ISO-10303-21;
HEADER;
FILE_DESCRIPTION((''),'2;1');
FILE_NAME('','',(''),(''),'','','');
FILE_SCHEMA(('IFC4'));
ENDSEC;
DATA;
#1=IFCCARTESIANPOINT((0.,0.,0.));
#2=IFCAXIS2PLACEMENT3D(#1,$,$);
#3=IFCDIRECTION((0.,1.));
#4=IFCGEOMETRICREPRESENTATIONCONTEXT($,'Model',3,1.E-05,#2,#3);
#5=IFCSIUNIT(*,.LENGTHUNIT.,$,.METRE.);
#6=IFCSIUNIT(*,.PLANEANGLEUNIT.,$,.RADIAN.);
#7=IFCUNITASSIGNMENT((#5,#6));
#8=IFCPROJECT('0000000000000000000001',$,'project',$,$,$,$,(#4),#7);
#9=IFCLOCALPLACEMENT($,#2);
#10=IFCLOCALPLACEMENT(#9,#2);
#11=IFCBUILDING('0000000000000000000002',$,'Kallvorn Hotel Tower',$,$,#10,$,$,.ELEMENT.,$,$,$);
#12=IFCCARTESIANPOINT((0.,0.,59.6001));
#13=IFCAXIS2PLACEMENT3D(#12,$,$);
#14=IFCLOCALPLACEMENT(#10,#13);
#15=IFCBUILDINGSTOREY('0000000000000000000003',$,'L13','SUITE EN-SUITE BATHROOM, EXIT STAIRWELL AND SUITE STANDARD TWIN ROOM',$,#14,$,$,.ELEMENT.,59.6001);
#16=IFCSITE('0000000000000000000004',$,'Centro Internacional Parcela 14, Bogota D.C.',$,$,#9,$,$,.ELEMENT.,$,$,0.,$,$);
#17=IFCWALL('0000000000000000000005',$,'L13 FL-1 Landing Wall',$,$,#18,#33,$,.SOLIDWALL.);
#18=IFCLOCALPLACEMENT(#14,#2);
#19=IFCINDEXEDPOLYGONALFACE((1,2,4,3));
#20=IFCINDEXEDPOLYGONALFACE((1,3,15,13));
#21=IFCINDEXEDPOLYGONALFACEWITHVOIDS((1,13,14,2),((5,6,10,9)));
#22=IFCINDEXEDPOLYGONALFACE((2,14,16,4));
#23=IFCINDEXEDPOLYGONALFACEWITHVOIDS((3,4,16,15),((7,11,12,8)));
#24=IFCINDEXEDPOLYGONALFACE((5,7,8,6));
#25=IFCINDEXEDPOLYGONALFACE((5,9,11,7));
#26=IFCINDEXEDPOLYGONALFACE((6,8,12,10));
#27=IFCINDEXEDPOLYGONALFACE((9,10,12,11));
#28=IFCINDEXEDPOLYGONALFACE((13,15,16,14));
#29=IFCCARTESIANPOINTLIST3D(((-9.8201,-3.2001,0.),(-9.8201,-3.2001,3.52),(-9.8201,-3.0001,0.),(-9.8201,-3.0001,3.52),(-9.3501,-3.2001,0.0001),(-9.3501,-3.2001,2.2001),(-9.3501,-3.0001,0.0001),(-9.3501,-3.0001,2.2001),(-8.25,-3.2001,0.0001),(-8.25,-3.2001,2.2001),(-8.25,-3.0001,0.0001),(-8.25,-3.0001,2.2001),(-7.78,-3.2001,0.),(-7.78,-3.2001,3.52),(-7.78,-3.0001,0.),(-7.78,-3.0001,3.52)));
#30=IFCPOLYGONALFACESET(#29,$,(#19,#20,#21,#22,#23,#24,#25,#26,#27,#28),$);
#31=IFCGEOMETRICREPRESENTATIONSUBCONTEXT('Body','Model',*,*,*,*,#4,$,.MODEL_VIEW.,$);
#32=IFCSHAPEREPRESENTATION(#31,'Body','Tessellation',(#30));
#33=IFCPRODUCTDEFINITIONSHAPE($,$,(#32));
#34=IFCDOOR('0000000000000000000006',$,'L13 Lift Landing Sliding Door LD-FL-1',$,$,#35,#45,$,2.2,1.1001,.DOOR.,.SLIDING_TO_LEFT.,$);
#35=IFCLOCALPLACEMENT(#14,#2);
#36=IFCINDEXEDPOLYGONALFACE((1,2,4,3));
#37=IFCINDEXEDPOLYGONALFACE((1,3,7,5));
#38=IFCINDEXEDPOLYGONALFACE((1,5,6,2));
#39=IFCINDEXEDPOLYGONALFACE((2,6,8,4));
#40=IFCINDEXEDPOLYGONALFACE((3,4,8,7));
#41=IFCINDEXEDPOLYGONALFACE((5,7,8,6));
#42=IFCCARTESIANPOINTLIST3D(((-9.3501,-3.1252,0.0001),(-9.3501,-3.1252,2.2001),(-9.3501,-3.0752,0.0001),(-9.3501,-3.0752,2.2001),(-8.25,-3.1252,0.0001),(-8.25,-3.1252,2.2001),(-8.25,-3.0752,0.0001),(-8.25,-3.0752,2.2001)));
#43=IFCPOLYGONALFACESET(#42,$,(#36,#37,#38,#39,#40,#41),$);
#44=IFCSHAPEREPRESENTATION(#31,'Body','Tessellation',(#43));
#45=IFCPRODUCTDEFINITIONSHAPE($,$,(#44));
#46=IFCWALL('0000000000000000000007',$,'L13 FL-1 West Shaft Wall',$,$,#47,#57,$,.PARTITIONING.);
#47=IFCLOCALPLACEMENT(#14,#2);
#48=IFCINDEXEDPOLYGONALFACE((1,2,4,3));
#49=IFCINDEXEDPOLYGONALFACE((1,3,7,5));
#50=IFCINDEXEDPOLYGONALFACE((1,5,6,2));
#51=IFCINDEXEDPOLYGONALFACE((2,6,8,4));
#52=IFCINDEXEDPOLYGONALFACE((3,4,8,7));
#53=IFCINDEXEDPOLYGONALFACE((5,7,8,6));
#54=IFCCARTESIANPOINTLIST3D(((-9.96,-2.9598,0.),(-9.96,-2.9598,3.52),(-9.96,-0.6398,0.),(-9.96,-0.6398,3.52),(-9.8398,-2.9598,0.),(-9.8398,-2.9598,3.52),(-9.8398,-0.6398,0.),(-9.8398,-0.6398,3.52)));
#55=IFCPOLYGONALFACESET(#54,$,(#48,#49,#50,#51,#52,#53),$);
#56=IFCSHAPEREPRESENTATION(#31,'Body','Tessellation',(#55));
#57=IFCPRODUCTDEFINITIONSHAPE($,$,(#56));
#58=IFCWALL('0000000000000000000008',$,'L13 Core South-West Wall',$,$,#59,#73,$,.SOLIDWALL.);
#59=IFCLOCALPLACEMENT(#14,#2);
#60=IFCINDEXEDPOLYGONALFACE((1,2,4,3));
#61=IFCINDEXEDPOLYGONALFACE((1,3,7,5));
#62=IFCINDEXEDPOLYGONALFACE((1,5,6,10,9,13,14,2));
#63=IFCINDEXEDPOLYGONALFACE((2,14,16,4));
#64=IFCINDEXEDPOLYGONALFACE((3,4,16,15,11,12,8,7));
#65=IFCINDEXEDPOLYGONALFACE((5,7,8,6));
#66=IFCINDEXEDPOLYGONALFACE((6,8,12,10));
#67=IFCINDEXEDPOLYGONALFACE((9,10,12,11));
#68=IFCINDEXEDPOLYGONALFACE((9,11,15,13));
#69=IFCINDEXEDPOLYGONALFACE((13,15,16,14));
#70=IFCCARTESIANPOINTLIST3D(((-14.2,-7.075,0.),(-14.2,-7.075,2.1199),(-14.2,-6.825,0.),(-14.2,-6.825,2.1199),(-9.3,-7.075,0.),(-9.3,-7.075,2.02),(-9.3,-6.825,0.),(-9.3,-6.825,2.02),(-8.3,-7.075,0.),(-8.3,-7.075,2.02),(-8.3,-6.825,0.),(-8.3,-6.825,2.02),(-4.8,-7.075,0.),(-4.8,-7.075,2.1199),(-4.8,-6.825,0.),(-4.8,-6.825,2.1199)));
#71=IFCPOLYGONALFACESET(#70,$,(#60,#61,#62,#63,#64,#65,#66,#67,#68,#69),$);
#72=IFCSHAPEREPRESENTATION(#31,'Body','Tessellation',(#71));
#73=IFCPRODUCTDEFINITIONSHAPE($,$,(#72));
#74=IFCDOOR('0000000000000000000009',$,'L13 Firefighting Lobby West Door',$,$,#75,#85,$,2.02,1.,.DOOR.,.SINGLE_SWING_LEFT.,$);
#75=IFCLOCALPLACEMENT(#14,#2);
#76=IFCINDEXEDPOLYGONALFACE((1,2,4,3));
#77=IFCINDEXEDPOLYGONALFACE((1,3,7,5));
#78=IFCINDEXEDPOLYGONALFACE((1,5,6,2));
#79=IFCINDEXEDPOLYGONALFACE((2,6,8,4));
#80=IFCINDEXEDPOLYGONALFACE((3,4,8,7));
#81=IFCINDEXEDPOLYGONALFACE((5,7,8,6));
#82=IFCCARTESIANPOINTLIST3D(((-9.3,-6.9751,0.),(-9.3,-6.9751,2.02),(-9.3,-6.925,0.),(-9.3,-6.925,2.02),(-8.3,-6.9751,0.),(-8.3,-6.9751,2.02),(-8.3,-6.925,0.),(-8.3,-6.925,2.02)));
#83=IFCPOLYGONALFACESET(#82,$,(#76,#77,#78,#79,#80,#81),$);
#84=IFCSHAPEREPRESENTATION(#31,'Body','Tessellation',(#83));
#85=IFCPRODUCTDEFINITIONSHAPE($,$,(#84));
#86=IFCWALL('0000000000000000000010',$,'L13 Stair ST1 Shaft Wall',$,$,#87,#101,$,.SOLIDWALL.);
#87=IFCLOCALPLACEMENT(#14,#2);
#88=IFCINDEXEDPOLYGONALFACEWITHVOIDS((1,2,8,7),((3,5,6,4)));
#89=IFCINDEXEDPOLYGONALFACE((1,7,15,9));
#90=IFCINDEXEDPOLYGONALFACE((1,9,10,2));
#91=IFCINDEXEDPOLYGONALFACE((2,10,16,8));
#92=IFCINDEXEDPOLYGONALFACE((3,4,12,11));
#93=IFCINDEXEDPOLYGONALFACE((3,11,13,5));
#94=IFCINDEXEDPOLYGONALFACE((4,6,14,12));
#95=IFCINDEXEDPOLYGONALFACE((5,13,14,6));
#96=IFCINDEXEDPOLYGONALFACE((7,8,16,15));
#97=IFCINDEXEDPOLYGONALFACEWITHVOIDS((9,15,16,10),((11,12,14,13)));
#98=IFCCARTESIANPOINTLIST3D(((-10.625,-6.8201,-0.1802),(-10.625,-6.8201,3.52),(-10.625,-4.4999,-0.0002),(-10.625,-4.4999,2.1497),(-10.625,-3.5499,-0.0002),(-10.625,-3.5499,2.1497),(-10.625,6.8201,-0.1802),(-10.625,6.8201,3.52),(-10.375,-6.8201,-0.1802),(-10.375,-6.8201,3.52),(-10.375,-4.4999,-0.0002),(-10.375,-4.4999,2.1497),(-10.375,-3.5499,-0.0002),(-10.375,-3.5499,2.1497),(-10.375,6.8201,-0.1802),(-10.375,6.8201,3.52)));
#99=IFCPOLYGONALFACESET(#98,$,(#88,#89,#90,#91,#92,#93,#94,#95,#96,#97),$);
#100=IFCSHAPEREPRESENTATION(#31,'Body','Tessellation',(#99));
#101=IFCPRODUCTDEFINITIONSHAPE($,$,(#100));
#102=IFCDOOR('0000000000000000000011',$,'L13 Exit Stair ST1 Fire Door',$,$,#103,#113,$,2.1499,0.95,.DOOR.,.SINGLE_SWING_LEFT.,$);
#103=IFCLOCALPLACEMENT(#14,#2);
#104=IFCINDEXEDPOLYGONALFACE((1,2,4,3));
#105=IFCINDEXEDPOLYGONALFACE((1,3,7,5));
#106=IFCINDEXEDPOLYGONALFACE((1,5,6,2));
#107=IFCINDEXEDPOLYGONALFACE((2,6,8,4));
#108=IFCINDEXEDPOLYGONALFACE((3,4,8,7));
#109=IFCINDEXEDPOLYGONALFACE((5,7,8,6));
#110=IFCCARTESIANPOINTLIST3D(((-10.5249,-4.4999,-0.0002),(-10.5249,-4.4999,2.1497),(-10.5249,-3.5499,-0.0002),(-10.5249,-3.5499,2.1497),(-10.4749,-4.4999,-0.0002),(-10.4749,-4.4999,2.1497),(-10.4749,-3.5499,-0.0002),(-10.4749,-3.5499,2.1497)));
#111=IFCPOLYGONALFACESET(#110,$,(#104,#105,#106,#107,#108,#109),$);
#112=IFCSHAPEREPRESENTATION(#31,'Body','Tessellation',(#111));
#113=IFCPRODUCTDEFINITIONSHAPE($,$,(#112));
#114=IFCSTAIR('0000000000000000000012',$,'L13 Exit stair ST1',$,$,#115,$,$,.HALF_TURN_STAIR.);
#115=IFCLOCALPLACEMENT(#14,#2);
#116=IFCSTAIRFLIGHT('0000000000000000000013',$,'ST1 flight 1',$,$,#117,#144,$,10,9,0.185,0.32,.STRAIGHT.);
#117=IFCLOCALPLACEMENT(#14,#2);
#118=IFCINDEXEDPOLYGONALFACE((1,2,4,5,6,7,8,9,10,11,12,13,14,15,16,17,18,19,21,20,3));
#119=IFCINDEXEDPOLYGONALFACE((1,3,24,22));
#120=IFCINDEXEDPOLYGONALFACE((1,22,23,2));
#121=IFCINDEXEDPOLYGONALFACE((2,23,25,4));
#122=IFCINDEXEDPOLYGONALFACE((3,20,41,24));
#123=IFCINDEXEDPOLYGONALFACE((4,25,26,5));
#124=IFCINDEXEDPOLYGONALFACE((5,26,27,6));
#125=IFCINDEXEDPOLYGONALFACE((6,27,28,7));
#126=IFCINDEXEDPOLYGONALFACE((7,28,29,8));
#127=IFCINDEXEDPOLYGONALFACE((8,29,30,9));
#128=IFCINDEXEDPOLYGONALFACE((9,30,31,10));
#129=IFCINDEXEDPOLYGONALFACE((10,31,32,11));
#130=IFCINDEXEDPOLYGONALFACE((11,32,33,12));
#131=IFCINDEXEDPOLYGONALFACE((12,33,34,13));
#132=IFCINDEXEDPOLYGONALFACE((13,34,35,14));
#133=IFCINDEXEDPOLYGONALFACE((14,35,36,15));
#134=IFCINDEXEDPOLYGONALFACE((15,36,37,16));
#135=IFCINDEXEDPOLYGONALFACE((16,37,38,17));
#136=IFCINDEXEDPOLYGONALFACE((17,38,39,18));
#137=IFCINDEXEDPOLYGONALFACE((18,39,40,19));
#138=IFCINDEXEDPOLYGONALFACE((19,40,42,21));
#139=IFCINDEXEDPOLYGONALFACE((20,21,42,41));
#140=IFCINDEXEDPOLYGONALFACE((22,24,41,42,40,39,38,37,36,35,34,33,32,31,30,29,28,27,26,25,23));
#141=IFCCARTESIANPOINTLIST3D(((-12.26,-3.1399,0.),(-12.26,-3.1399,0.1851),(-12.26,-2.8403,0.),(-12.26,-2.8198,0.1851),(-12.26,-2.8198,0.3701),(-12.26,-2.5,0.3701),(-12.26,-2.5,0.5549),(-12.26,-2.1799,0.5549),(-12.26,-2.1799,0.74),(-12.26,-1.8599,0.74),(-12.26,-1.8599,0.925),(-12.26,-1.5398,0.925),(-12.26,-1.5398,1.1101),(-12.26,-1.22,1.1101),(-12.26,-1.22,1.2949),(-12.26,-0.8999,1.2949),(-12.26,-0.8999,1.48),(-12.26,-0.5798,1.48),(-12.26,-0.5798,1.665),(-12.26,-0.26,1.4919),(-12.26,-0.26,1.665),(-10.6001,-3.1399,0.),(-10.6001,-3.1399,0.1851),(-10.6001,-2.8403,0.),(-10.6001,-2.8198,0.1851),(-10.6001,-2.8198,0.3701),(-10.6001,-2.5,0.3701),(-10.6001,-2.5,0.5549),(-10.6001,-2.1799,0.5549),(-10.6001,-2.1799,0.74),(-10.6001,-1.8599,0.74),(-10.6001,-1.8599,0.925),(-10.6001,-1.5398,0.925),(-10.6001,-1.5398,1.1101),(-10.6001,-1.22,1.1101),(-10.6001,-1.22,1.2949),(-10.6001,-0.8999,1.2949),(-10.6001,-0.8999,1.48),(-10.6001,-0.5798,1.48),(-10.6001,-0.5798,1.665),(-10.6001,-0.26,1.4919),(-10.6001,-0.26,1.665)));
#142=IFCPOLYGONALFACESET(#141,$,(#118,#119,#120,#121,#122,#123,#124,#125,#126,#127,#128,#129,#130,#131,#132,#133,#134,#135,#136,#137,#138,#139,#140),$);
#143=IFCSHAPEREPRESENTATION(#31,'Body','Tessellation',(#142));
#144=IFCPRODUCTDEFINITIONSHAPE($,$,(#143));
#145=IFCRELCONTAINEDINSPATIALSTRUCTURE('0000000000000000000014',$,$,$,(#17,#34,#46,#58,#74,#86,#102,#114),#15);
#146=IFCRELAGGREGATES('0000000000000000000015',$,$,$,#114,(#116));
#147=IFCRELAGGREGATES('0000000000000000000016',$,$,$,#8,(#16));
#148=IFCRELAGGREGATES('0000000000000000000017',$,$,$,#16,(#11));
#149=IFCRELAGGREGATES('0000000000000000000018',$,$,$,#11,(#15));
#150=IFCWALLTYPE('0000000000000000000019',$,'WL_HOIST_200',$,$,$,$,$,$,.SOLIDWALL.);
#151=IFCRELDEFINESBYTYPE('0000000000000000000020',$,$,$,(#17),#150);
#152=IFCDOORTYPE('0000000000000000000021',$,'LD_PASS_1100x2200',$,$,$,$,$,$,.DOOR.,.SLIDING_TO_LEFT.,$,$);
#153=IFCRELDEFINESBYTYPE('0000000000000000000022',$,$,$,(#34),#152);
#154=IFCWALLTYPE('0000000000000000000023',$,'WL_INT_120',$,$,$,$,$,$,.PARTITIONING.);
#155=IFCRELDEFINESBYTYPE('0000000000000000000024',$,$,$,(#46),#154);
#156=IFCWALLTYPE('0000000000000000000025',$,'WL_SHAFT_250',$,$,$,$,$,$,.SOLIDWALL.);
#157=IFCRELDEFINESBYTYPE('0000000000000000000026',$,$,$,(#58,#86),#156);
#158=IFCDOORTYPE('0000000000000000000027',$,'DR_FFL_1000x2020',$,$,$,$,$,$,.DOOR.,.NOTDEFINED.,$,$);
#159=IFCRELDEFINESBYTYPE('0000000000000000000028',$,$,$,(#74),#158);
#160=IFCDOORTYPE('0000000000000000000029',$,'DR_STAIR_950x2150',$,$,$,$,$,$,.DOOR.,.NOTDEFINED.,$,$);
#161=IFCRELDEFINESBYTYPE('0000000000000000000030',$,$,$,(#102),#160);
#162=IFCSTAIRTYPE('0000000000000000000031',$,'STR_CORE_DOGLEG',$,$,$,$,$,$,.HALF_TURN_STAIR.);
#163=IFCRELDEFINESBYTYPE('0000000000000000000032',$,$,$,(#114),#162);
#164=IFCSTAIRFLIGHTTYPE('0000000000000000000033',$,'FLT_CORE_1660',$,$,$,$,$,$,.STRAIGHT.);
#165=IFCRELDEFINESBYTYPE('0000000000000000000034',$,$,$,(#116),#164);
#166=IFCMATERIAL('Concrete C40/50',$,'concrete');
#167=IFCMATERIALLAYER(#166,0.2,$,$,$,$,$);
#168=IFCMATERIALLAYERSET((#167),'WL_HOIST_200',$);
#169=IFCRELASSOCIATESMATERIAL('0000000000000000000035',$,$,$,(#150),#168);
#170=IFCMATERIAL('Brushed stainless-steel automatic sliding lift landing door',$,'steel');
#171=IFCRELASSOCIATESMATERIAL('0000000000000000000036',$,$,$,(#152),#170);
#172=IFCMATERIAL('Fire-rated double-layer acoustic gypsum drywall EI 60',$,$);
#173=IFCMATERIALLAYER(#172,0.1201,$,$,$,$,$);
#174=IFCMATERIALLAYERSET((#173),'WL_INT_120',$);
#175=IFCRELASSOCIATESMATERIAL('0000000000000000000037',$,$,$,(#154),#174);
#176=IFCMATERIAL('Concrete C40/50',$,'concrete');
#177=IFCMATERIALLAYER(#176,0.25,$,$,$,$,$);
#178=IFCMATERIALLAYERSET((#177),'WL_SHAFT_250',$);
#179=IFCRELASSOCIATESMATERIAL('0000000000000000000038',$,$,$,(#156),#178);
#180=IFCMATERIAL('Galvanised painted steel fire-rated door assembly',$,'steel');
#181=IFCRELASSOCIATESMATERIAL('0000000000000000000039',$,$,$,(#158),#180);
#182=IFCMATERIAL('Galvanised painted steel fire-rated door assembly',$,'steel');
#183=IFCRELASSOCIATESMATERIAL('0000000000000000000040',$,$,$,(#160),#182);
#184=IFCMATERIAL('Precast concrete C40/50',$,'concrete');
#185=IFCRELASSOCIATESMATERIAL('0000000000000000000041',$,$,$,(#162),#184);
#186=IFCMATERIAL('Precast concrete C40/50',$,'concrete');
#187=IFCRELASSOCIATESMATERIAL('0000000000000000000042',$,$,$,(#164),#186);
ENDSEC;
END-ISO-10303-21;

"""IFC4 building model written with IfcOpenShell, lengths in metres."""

from ifc_helpers import new_model, si_unit, direction, frame, frame_2d, origin, place, context, subcontext, project, spatial, polyline, rectangle, outline, extrude, material, layer, layer_set, type_object, element, fill, aggregate, save


model = new_model("IFC4")

# Units and contexts
model_context = context("Model", 3, precision=1e-05, world=origin(), true_north=direction((0.0, 1.0)))
body_context = subcontext(model_context, "Body", "Model", "MODEL_VIEW")
ifc_project = project(units=[si_unit("LENGTHUNIT", "METRE"), si_unit("PLANEANGLEUNIT", "RADIAN")], contexts=[model_context])

# Site, building, storey
site_placement = place(None, origin())
site = spatial("IfcSite", under=ifc_project, at=site_placement, Name="Centro Internacional Parcela 14, Bogota D.C.", CompositionType="ELEMENT", RefElevation=0.0)
building_placement = place(site_placement, origin())
building = spatial("IfcBuilding", under=site, at=building_placement, Name="Kallvorn Hotel Tower", CompositionType="ELEMENT")
storey_placement = place(building_placement, frame((0.0, 0.0, 59.6001)))
storey = spatial("IfcBuildingStorey", under=building, at=storey_placement, Name="L13", Description="SUITE EN-SUITE BATHROOM, EXIT STAIRWELL AND SUITE STANDARD TWIN ROOM", CompositionType="ELEMENT", Elevation=59.6001)

# Shared definitions
ifc_material_1 = material(Name="Concrete C40/50", Category="concrete")
ifc_layer_1 = layer(ifc_material_1, 0.2)
ifc_layer_set_1 = layer_set([ifc_layer_1], Name="WL_HOIST_200")
wall_type_1 = type_object("IfcWallType", Name="WL_HOIST_200", PredefinedType="SOLIDWALL", material=ifc_layer_set_1)

# Wall, opening, door
wall_1_placement = place(storey_placement, frame((-9.8201, -3.1001, 0.0), z_axis=(0.0, 0.0, 1.0), x_axis=(1.0, 0.0, 0.0)))
wall_1 = element("IfcWall", 1, at=wall_1_placement, inside=storey, type_object=wall_type_1, Name="L13 FL-1 Landing Wall", PredefinedType="SOLIDWALL", context=body_context, shape_type="SweptSolid", body=[
    extrude(rectangle(XDim=2.04, YDim=0.2, at=frame_2d((1.02, 0.0))), origin(), (0.0, 0.0, 1.0), 3.52),
])
opening_1_placement = place(wall_1_placement, frame((0.47, 0.0, 0.0)))
opening_1 = element("IfcOpeningElement", 2, at=opening_1_placement, cuts=wall_1, PredefinedType="OPENING", context=body_context, shape_type="SweptSolid", body=[
    extrude(rectangle(XDim=1.1001, YDim=2.2, at=frame_2d((0.55, 1.1001))), frame((0.0, 0.115, 0.0), z_axis=(0.0, -1.0, 0.0), x_axis=(1.0, 0.0, 0.0)), (0.0, 0.0, 1.0), 0.23),
])
ifc_material_2 = material(Name="Brushed stainless-steel automatic sliding lift landing door", Category="steel")
door_type_1 = type_object("IfcDoorType", Name="LD_PASS_1100x2200", OperationType="SLIDING_TO_LEFT", PredefinedType="DOOR", material=ifc_material_2)
door_1_placement = place(opening_1_placement, origin())
door_1 = element("IfcDoor", 3, at=door_1_placement, inside=storey, type_object=door_type_1, Name="L13 Lift Landing Sliding Door LD-FL-1", OperationType="SLIDING_TO_LEFT", OverallHeight=2.2, OverallWidth=1.1001, PredefinedType="DOOR", context=body_context, shape_type="SweptSolid", body=[
    extrude(rectangle(XDim=1.1001, YDim=2.2, at=frame_2d((0.55, 1.1001))), frame((0.0, 0.0249, 0.0), z_axis=(0.0, -1.0, 0.0), x_axis=(1.0, 0.0, 0.0)), (0.0, 0.0, 1.0), 0.05),
])
fill(opening_1, door_1)

# Wall
ifc_material_3 = material(Name="Fire-rated double-layer acoustic gypsum drywall EI 60")
ifc_layer_2 = layer(ifc_material_3, 0.1201)
ifc_layer_set_2 = layer_set([ifc_layer_2], Name="WL_INT_120")
wall_type_2 = type_object("IfcWallType", Name="WL_INT_120", PredefinedType="PARTITIONING", material=ifc_layer_set_2)
wall_2_placement = place(storey_placement, frame((-9.8999, -2.96, 0.0), z_axis=(0.0, 0.0, 1.0), x_axis=(0.0, 1.0, 0.0)))
element("IfcWall", 4, at=wall_2_placement, inside=storey, type_object=wall_type_2, Name="L13 FL-1 West Shaft Wall", PredefinedType="PARTITIONING", context=body_context, shape_type="SweptSolid", body=[
    extrude(rectangle(XDim=2.3201, YDim=0.1201, at=frame_2d((1.1602, 0.0))), origin(), (0.0, 0.0, 1.0), 3.52),
])

# Walls, openings, doors
ifc_material_4 = material(Name="Concrete C40/50", Category="concrete")
ifc_layer_3 = layer(ifc_material_4, 0.25)
ifc_layer_set_3 = layer_set([ifc_layer_3], Name="WL_SHAFT_250")
wall_type_3 = type_object("IfcWallType", Name="WL_SHAFT_250", PredefinedType="SOLIDWALL", material=ifc_layer_set_3)
wall_3_placement = place(storey_placement, frame((-14.2, -6.95, 0.0), z_axis=(0.0, 0.0, 1.0), x_axis=(1.0, 0.0, 0.0)))
wall_3 = element("IfcWall", 5, at=wall_3_placement, inside=storey, type_object=wall_type_3, Name="L13 Core South-West Wall", PredefinedType="SOLIDWALL", context=body_context, shape_type="SweptSolid", body=[
    extrude(rectangle(XDim=9.3999, YDim=0.25, at=frame_2d((4.7, 0.0))), origin(), (0.0, 0.0, 1.0), 2.1199),
])
opening_2_placement = place(wall_3_placement, frame((4.8999, 0.0, 0.0)))
opening_2 = element("IfcOpeningElement", 6, at=opening_2_placement, cuts=wall_3, PredefinedType="OPENING", context=body_context, shape_type="SweptSolid", body=[
    extrude(rectangle(XDim=1.0, YDim=2.02, at=frame_2d((0.5, 1.01))), frame((0.0, 0.1399, 0.0), z_axis=(0.0, -1.0, 0.0), x_axis=(1.0, 0.0, 0.0)), (0.0, 0.0, 1.0), 0.28),
])
ifc_material_5 = material(Name="Galvanised painted steel fire-rated door assembly", Category="steel")
door_type_2 = type_object("IfcDoorType", Name="DR_FFL_1000x2020", OperationType="NOTDEFINED", PredefinedType="DOOR", material=ifc_material_5)
door_2_placement = place(opening_2_placement, origin())
door_2 = element("IfcDoor", 7, at=door_2_placement, inside=storey, type_object=door_type_2, Name="L13 Firefighting Lobby West Door", OperationType="SINGLE_SWING_LEFT", OverallHeight=2.02, OverallWidth=1.0, PredefinedType="DOOR", context=body_context, shape_type="SweptSolid", body=[
    extrude(rectangle(XDim=1.0, YDim=2.02, at=frame_2d((0.5, 1.01))), frame((0.0, 0.0249, 0.0), z_axis=(0.0, -1.0, 0.0), x_axis=(1.0, 0.0, 0.0)), (0.0, 0.0, 1.0), 0.05),
])
fill(opening_2, door_2)
wall_4_placement = place(storey_placement, frame((-10.5, -6.8201, -0.1802), z_axis=(0.0, 0.0, 1.0), x_axis=(0.0, 1.0, 0.0)))
wall_4 = element("IfcWall", 8, at=wall_4_placement, inside=storey, type_object=wall_type_3, Name="L13 Stair ST1 Shaft Wall", PredefinedType="SOLIDWALL", context=body_context, shape_type="SweptSolid", body=[
    extrude(rectangle(XDim=13.6401, YDim=0.25, at=frame_2d((6.8201, 0.0))), origin(), (0.0, 0.0, 1.0), 3.7002),
])
opening_3_placement = place(wall_4_placement, frame((2.3201, 0.0, 0.1799)))
opening_3 = element("IfcOpeningElement", 9, at=opening_3_placement, cuts=wall_4, PredefinedType="OPENING", context=body_context, shape_type="SweptSolid", body=[
    extrude(rectangle(XDim=0.95, YDim=2.1499, at=frame_2d((0.4751, 1.075))), frame((0.0, 0.1399, 0.0), z_axis=(0.0, -1.0, 0.0), x_axis=(1.0, 0.0, 0.0)), (0.0, 0.0, 1.0), 0.28),
])
ifc_material_6 = material(Name="Galvanised painted steel fire-rated door assembly", Category="steel")
door_type_3 = type_object("IfcDoorType", Name="DR_STAIR_950x2150", OperationType="NOTDEFINED", PredefinedType="DOOR", material=ifc_material_6)
door_3_placement = place(opening_3_placement, origin())
door_3 = element("IfcDoor", 10, at=door_3_placement, inside=storey, type_object=door_type_3, Name="L13 Exit Stair ST1 Fire Door", OperationType="SINGLE_SWING_LEFT", OverallHeight=2.1499, OverallWidth=0.95, PredefinedType="DOOR", context=body_context, shape_type="SweptSolid", body=[
    extrude(rectangle(XDim=0.95, YDim=2.1499, at=frame_2d((0.4751, 1.075))), frame((0.0, 0.0249, 0.0), z_axis=(0.0, -1.0, 0.0), x_axis=(1.0, 0.0, 0.0)), (0.0, 0.0, 1.0), 0.05),
])
fill(opening_3, door_3)

# Stair, stair flight
ifc_material_7 = material(Name="Precast concrete C40/50", Category="concrete")
stair_type = type_object("IfcStairType", Name="STR_CORE_DOGLEG", PredefinedType="HALF_TURN_STAIR", material=ifc_material_7)
stair_placement = place(storey_placement, origin())
stair = element("IfcStair", 11, at=stair_placement, inside=storey, type_object=stair_type, Name="L13 Exit stair ST1", PredefinedType="HALF_TURN_STAIR")
ifc_material_8 = material(Name="Precast concrete C40/50", Category="concrete")
stair_flight_type = type_object("IfcStairFlightType", Name="FLT_CORE_1660", PredefinedType="STRAIGHT", material=ifc_material_8)
stair_flight_placement = place(storey_placement, frame((-11.4299, -3.1399, 0.0), z_axis=(0.0, 0.0, 1.0), x_axis=(0.0, 1.0, 0.0)))
stair_flight = element("IfcStairFlight", 12, at=stair_flight_placement, type_object=stair_flight_type, Name="ST1 flight 1", NumberOfRisers=10, NumberOfTreads=9, PredefinedType="STRAIGHT", RiserHeight=0.185, TreadLength=0.32, context=body_context, shape_type="SweptSolid", body=[
    extrude(outline(polyline([(0.0, 0.0), (0.0, 0.1851), (0.3201, 0.1851), (0.3201, 0.3701), (0.6399, 0.3701), (0.6399, 0.5549), (0.96, 0.5549), (0.96, 0.74), (1.28, 0.74), (1.28, 0.925), (1.6001, 0.925), (1.6001, 1.1101), (1.9199, 1.1101), (1.9199, 1.2949), (2.24, 1.2949), (2.24, 1.48), (2.5601, 1.48), (2.5601, 1.665), (2.8799, 1.665), (2.8799, 1.8501), (2.8799, 1.4919), (0.2996, 0.0), (0.0, 0.0)])), frame((0.0, 0.8301, 0.0), z_axis=(0.0, -1.0, 0.0), x_axis=(1.0, 0.0, 0.0)), (0.0, 0.0, 1.0), 1.6599),
])
aggregate(stair, [stair_flight])

save(model, "model.ifc")
